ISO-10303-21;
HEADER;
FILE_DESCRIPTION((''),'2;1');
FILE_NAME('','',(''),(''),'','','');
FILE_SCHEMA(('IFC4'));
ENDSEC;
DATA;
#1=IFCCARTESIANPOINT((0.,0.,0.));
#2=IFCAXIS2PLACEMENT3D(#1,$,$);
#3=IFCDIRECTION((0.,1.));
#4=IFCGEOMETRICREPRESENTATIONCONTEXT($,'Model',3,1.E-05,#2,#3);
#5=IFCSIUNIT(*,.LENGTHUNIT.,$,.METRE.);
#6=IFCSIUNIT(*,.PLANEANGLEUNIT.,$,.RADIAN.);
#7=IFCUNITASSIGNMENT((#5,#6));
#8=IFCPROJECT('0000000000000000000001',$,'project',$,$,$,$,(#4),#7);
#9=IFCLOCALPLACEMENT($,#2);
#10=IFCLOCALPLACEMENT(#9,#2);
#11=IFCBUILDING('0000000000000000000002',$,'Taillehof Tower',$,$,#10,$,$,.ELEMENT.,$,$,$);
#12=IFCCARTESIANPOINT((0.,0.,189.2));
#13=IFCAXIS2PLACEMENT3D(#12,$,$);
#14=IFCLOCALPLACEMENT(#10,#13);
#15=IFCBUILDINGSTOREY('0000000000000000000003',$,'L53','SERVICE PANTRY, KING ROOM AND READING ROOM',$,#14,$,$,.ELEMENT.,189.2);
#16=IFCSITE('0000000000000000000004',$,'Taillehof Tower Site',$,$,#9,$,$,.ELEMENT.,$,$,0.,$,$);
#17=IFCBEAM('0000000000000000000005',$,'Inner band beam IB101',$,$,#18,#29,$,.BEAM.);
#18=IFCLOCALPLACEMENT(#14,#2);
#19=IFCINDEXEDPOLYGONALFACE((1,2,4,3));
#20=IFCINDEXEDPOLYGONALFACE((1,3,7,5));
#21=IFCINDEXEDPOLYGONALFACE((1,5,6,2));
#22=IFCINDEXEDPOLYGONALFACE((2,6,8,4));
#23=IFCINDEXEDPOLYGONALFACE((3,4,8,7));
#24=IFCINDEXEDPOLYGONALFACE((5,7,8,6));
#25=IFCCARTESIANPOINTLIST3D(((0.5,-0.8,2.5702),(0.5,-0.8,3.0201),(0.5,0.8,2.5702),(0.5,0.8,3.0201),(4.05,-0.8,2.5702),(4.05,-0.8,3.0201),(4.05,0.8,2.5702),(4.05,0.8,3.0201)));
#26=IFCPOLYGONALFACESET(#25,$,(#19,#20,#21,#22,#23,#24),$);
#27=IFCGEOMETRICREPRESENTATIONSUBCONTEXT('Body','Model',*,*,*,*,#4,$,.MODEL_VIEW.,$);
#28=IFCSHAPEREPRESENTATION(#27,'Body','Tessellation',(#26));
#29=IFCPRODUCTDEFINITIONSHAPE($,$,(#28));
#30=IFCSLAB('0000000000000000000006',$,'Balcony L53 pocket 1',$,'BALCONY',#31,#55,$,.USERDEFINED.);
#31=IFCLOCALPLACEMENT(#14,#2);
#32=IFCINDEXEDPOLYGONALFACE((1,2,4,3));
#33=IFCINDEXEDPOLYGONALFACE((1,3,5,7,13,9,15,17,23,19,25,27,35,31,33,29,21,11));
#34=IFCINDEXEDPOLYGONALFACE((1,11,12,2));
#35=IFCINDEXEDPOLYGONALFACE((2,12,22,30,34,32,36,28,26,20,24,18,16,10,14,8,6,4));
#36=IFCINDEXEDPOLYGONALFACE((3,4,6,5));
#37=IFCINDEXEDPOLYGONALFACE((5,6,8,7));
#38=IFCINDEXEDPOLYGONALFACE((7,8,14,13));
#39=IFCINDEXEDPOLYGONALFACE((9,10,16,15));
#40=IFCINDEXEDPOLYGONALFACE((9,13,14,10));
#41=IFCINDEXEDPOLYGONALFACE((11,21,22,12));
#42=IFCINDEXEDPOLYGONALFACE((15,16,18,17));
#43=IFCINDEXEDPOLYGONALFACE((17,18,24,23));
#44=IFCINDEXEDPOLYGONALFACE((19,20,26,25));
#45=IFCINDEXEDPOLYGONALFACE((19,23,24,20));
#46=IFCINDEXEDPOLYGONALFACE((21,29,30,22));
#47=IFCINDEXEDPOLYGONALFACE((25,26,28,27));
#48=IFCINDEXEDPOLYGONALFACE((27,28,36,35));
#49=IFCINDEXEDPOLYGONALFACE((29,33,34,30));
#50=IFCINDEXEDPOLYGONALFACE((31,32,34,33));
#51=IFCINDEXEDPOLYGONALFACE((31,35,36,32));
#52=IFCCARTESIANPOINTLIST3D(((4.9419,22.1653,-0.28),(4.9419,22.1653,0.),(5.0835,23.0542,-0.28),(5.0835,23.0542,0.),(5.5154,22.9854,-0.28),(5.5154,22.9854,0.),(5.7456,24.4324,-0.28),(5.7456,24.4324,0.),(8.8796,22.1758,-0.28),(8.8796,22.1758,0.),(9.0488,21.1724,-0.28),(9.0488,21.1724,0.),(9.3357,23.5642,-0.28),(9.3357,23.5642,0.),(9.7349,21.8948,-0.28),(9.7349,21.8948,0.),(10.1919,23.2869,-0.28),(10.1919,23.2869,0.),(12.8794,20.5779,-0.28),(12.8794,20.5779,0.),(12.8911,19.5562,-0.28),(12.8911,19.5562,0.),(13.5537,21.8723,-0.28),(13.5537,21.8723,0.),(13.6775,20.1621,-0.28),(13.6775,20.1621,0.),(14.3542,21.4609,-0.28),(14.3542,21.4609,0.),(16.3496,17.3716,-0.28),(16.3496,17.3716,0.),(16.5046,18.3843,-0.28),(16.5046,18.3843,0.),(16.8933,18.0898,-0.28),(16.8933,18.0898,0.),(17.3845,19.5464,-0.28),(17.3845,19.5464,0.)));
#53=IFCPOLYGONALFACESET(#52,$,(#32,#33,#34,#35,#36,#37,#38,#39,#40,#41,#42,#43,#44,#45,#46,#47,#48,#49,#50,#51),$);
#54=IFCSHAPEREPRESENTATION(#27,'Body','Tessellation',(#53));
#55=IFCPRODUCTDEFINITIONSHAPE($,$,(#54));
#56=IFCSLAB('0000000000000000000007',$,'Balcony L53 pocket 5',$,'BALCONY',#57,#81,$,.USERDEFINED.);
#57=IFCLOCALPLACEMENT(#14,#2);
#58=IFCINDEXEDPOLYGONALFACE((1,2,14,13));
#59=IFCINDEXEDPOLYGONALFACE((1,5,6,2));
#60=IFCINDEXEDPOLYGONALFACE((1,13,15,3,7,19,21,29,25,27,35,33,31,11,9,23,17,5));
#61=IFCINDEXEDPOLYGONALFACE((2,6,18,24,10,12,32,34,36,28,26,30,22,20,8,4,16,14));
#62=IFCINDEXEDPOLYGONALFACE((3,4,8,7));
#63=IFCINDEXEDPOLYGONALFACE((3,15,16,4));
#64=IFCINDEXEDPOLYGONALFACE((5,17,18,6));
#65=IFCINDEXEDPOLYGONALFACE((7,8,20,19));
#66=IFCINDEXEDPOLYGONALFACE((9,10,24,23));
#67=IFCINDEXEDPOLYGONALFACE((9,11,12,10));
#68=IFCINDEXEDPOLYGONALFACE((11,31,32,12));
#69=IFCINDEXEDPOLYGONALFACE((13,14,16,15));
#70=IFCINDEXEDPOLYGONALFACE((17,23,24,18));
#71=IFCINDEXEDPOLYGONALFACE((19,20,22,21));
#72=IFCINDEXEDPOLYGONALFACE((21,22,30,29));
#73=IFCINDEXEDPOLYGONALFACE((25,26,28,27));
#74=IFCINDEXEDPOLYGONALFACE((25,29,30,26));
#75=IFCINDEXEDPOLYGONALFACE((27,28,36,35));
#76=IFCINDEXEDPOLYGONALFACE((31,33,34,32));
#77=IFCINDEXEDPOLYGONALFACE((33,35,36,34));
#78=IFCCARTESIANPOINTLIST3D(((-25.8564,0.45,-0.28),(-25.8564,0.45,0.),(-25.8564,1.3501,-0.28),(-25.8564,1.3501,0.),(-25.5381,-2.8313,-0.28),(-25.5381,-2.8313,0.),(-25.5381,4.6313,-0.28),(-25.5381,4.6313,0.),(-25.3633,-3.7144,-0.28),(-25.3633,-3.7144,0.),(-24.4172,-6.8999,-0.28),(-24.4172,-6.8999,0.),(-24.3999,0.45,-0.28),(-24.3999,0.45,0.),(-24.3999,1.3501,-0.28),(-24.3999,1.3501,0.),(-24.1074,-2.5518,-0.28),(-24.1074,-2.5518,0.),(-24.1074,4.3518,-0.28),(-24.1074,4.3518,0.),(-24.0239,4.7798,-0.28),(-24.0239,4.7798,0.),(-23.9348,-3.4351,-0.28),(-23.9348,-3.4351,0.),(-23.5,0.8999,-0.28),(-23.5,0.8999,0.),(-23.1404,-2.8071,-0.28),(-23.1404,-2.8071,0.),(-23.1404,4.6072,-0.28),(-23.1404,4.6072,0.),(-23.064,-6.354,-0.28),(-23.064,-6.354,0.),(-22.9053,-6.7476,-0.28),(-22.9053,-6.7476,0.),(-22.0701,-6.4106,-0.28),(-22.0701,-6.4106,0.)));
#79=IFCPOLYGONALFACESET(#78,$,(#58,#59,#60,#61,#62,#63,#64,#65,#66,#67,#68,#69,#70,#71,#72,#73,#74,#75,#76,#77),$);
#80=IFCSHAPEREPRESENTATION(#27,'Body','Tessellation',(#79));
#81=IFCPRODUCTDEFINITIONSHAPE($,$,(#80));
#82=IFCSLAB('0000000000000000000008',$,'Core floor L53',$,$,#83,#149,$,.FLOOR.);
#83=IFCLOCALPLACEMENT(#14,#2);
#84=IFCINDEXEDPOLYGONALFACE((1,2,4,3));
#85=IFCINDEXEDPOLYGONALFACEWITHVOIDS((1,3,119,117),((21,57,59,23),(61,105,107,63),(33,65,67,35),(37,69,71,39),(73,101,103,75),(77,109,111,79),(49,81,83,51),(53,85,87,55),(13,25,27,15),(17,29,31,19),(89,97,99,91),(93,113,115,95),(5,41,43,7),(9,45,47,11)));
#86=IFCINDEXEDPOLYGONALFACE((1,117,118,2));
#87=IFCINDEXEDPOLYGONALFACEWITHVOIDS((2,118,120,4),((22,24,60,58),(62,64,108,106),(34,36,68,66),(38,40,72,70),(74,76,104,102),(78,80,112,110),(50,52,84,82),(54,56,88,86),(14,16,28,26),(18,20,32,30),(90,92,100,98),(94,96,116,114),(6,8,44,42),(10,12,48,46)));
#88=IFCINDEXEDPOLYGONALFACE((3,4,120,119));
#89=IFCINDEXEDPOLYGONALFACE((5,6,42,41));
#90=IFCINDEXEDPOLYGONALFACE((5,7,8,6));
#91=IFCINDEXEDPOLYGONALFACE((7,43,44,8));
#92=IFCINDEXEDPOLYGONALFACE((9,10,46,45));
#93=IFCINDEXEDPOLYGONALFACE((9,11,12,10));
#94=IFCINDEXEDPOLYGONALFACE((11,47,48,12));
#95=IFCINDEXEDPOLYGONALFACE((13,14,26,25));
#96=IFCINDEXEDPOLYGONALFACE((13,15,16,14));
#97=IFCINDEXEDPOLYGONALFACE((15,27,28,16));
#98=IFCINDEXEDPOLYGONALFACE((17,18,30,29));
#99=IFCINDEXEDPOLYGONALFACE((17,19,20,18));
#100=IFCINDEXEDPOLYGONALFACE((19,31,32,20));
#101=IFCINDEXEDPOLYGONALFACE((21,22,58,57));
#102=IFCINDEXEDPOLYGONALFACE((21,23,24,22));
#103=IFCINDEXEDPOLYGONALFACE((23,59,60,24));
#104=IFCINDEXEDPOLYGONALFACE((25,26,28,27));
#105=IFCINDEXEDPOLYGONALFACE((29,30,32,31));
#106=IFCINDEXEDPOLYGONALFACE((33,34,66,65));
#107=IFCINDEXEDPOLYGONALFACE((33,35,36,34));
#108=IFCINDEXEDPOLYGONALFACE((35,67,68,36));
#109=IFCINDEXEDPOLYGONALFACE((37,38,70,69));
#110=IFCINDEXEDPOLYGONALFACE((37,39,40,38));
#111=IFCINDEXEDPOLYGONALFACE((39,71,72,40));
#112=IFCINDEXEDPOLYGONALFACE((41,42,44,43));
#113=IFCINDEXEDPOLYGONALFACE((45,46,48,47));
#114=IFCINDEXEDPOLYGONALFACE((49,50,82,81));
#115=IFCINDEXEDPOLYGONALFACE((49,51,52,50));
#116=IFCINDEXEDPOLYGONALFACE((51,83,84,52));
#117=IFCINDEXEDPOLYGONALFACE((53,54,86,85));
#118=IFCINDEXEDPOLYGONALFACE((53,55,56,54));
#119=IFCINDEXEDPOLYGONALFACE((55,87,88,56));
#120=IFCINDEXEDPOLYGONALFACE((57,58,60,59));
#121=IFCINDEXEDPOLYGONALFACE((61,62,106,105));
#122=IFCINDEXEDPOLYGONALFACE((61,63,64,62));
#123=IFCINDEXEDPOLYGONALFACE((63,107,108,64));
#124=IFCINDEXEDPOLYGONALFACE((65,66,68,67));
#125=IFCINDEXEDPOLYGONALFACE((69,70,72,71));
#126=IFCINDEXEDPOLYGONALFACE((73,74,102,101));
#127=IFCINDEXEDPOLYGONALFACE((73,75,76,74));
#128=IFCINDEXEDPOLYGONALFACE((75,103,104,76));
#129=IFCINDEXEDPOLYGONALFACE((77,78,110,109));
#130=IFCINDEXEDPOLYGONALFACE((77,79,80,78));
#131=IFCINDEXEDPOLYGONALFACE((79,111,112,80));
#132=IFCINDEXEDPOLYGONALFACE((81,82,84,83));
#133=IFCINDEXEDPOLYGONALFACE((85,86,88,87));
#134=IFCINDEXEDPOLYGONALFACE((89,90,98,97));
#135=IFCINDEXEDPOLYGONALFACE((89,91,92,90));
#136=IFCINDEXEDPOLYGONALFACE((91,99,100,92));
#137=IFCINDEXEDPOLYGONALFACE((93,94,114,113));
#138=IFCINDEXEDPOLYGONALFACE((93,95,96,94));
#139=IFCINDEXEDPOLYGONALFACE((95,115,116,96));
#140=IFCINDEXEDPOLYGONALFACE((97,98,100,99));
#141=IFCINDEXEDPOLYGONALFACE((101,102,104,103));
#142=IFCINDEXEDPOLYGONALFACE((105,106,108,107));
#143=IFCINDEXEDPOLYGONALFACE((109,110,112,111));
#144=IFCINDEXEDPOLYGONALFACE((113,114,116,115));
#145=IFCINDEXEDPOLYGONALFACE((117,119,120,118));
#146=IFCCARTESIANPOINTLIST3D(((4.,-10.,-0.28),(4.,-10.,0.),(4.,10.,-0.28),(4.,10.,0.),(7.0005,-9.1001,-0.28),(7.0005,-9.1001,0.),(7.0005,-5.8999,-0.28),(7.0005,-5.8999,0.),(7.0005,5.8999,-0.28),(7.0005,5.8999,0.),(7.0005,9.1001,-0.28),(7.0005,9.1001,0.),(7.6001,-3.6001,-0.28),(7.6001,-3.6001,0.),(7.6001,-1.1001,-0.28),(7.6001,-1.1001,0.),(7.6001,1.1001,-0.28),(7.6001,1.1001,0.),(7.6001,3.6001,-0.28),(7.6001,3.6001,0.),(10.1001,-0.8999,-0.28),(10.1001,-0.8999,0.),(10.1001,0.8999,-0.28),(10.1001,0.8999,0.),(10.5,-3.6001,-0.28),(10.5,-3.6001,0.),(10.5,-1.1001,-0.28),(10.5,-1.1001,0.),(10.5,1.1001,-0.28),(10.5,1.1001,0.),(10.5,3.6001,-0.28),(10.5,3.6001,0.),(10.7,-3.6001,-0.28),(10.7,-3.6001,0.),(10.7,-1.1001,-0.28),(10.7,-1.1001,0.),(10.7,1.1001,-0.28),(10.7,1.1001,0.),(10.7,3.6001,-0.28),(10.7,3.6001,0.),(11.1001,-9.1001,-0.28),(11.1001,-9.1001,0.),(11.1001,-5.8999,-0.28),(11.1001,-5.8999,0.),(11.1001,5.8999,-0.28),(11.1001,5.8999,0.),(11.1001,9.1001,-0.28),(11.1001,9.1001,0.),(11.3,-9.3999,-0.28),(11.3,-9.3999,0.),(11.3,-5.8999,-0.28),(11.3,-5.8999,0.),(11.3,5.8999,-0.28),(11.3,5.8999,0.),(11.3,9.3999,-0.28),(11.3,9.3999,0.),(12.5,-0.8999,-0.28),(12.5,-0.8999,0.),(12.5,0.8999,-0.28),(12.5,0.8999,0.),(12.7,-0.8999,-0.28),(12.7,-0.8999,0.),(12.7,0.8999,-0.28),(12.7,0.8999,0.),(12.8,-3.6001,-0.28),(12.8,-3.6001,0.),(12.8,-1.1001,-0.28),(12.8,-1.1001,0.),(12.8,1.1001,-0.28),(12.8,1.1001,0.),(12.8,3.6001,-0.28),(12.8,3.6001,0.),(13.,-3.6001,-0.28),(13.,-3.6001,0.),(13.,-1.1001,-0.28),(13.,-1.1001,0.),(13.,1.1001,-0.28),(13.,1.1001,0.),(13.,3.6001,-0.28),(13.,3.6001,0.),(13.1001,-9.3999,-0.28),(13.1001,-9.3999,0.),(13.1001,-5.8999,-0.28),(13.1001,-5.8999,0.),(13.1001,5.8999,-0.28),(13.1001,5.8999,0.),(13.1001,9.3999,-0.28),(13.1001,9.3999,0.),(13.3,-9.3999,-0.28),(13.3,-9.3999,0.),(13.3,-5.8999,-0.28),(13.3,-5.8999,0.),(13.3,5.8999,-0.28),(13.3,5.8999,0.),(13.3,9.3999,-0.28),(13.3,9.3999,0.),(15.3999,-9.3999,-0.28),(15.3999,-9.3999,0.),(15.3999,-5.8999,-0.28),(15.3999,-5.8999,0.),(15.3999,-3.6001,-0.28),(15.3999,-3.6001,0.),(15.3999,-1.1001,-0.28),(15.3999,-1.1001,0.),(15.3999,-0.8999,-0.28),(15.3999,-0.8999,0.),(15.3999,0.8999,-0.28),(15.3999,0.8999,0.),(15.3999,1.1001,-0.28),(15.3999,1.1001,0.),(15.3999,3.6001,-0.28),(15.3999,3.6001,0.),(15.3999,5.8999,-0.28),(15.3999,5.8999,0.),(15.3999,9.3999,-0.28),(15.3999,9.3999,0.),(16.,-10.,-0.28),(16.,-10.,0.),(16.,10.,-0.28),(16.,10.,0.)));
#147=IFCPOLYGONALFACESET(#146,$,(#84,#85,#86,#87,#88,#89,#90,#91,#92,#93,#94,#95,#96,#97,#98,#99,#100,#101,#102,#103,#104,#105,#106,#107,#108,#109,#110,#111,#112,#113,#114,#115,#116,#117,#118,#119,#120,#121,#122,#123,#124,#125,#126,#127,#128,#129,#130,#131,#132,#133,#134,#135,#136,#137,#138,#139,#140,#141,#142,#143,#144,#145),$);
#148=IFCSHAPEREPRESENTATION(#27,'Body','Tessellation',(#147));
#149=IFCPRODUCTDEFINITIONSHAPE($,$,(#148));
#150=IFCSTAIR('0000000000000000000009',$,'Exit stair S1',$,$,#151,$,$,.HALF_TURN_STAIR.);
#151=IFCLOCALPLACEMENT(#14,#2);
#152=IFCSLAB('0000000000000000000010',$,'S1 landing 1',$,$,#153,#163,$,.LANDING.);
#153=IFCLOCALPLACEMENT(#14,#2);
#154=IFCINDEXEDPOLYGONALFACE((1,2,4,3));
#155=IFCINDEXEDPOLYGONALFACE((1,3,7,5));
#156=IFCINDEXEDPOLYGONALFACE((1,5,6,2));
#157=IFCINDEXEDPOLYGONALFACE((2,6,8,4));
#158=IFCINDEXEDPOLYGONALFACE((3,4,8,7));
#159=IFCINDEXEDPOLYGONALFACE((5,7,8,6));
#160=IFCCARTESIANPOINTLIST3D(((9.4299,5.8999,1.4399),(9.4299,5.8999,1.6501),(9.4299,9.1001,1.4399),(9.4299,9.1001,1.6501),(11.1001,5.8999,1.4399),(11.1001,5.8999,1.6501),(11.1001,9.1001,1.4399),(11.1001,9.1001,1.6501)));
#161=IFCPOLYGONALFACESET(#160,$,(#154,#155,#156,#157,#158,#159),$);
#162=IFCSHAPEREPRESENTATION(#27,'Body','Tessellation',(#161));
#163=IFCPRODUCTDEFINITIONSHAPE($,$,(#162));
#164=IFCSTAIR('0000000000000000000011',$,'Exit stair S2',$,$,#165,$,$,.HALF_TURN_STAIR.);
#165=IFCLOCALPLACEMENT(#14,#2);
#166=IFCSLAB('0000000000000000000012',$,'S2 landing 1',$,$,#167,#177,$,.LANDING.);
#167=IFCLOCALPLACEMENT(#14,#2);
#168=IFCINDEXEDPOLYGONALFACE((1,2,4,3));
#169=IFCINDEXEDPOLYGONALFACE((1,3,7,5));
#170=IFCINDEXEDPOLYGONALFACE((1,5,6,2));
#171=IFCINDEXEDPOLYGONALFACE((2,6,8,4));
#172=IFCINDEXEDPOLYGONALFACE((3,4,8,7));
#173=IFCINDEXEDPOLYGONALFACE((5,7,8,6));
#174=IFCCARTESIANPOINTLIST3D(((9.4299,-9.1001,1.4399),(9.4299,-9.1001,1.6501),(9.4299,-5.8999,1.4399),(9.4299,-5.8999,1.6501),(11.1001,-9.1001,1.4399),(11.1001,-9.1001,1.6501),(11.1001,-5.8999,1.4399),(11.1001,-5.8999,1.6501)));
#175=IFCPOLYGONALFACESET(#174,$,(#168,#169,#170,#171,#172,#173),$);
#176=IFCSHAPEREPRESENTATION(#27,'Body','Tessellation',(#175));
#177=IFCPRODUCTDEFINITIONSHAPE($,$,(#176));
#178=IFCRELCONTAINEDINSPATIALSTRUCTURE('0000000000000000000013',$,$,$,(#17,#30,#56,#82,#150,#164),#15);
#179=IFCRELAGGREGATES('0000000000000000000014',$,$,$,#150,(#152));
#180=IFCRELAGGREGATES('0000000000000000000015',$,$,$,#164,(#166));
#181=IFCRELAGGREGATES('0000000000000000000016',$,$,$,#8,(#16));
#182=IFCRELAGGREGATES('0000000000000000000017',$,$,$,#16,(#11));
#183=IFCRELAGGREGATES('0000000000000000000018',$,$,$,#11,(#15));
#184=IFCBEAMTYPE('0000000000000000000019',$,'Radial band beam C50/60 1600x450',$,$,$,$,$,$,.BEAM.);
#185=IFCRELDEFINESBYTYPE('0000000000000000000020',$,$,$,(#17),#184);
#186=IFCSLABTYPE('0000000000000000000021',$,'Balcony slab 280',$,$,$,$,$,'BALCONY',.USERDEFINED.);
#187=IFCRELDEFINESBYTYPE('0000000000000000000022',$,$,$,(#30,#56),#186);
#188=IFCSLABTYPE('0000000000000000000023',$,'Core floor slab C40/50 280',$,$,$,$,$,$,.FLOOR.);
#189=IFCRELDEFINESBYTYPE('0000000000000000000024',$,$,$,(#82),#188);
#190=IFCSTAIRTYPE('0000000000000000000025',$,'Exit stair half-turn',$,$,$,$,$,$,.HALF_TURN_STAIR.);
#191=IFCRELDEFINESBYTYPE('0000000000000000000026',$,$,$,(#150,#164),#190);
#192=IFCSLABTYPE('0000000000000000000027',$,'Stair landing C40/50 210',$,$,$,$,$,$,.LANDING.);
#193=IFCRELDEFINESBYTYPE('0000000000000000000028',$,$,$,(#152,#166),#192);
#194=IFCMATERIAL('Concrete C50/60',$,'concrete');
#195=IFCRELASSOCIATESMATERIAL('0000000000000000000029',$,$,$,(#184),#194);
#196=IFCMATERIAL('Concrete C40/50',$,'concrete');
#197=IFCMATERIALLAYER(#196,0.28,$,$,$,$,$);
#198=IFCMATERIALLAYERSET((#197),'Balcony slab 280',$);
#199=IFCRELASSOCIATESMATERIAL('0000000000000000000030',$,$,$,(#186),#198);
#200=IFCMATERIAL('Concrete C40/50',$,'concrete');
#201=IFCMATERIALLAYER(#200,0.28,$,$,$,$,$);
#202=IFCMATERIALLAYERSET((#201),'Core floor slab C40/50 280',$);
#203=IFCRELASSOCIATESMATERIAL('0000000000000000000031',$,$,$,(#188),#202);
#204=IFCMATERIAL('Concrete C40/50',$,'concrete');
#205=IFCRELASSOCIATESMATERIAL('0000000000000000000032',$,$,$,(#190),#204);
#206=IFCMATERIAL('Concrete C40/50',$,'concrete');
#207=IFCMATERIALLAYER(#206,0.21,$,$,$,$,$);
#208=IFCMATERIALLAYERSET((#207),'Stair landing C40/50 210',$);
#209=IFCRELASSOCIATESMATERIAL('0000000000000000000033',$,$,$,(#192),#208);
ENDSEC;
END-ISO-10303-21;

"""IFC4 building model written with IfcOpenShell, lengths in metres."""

from ifc_helpers import new_model, si_unit, direction, frame, origin, origin_2d, place, context, subcontext, project, spatial, polyline, rectangle, outline, extrude, material, layer, layer_set, material_profile, profile_set, type_object, element, aggregate, save


model = new_model("IFC4")

# Units and contexts
model_context = context("Model", 3, precision=1e-05, world=origin(), true_north=direction((0.0, 1.0)))
body_context = subcontext(model_context, "Body", "Model", "MODEL_VIEW")
ifc_project = project(units=[si_unit("LENGTHUNIT", "METRE"), si_unit("PLANEANGLEUNIT", "RADIAN")], contexts=[model_context])

# Site, building, storey
site_placement = place(None, origin())
site = spatial("IfcSite", under=ifc_project, at=site_placement, Name="Taillehof Tower Site", CompositionType="ELEMENT", RefElevation=0.0)
building_placement = place(site_placement, origin())
building = spatial("IfcBuilding", under=site, at=building_placement, Name="Taillehof Tower", CompositionType="ELEMENT")
storey_placement = place(building_placement, frame((0.0, 0.0, 189.2)))
storey = spatial("IfcBuildingStorey", under=building, at=storey_placement, Name="L53", Description="SERVICE PANTRY, KING ROOM AND READING ROOM", CompositionType="ELEMENT", Elevation=189.2)

# Beam
ifc_material_1 = material(Name="Concrete C50/60", Category="concrete")
ifc_material_profile = material_profile(ifc_material_1, rectangle(XDim=1.6001, YDim=0.45, at=origin_2d()), Name="RC 1600x450")
ifc_profile_set = profile_set([ifc_material_profile], Name="Concrete C50/60")
beam_type = type_object("IfcBeamType", Name="Radial band beam C50/60 1600x450", PredefinedType="BEAM", material=ifc_profile_set)
beam_placement = place(storey_placement, frame((0.5, 0.0, 2.7952), z_axis=(1.0, 0.0, 0.0), x_axis=(0.0, 1.0, 0.0)))
element("IfcBeam", 1, at=beam_placement, inside=storey, type_object=beam_type, Name="Inner band beam IB101", PredefinedType="BEAM", context=body_context, shape_type="SweptSolid", body=[
    extrude(rectangle(XDim=1.6001, YDim=0.45, at=origin_2d()), origin(), (0.0, 0.0, 1.0), 3.55),
])

# Slabs
ifc_material_2 = material(Name="Concrete C40/50", Category="concrete")
ifc_layer_1 = layer(ifc_material_2, 0.28)
ifc_layer_set_1 = layer_set([ifc_layer_1], Name="Balcony slab 280")
slab_type_1 = type_object("IfcSlabType", Name="Balcony slab 280", ElementType="BALCONY", PredefinedType="USERDEFINED", material=ifc_layer_set_1)
slab_1_placement = place(storey_placement, frame((0.0, 0.0, -0.28)))
element("IfcSlab", 2, at=slab_1_placement, inside=storey, type_object=slab_type_1, Name="Balcony L53 pocket 1", ObjectType="BALCONY", PredefinedType="USERDEFINED", context=body_context, shape_type="SweptSolid", body=[
    extrude(outline(polyline([(4.9419, 22.1653), (5.0835, 23.0542), (5.5154, 22.9854), (5.7456, 24.4324), (9.3357, 23.5642), (8.8796, 22.1758), (9.7349, 21.8948), (10.1919, 23.2869), (13.5537, 21.8723), (12.8794, 20.5779), (13.6775, 20.1621), (14.3542, 21.4609), (17.3845, 19.5464), (16.5046, 18.3843), (16.8933, 18.0898), (16.3496, 17.3716), (12.8911, 19.5562), (9.0488, 21.1724), (4.9419, 22.1653)])), origin(), (0.0, 0.0, 1.0), 0.28),
])
slab_2_placement = place(storey_placement, frame((0.0, 0.0, -0.28)))
element("IfcSlab", 3, at=slab_2_placement, inside=storey, type_object=slab_type_1, Name="Balcony L53 pocket 5", ObjectType="BALCONY", PredefinedType="USERDEFINED", context=body_context, shape_type="SweptSolid", body=[
    extrude(outline(polyline([(-22.0701, -6.4106), (-22.9053, -6.7476), (-23.064, -6.354), (-24.4172, -6.8999), (-25.3633, -3.7144), (-23.9348, -3.4351), (-24.1074, -2.5518), (-25.5381, -2.8313), (-25.8564, 0.45), (-24.3999, 0.45), (-24.3999, 1.3501), (-25.8564, 1.3501), (-25.5381, 4.6313), (-24.1074, 4.3518), (-24.0239, 4.7798), (-23.1404, 4.6072), (-23.5, 0.8999), (-23.1404, -2.8071), (-22.0701, -6.4106)])), origin(), (0.0, 0.0, 1.0), 0.28),
])
ifc_material_3 = material(Name="Concrete C40/50", Category="concrete")
ifc_layer_2 = layer(ifc_material_3, 0.28)
ifc_layer_set_2 = layer_set([ifc_layer_2], Name="Core floor slab C40/50 280")
slab_type_2 = type_object("IfcSlabType", Name="Core floor slab C40/50 280", PredefinedType="FLOOR", material=ifc_layer_set_2)
slab_3_placement = place(storey_placement, frame((0.0, 0.0, -0.28)))
element("IfcSlab", 4, at=slab_3_placement, inside=storey, type_object=slab_type_2, Name="Core floor L53", PredefinedType="FLOOR", context=body_context, shape_type="SweptSolid", body=[
    extrude(outline(polyline([(4.0, -10.0), (4.0, 10.0), (16.0, 10.0), (16.0, -10.0), (4.0, -10.0)]), holes=[polyline([(11.1001, -9.1001), (11.1001, -5.8999), (7.0005, -5.8999), (7.0005, -9.1001), (11.1001, -9.1001)]), polyline([(10.5, -3.6001), (10.5, -1.1001), (7.6001, -1.1001), (7.6001, -3.6001), (10.5, -3.6001)]), polyline([(12.8, -3.6001), (12.8, -1.1001), (10.7, -1.1001), (10.7, -3.6001), (12.8, -3.6001)]), polyline([(12.5, -0.8999), (12.5, 0.8999), (10.1001, 0.8999), (10.1001, -0.8999), (12.5, -0.8999)]), polyline([(10.5, 1.1001), (10.5, 3.6001), (7.6001, 3.6001), (7.6001, 1.1001), (10.5, 1.1001)]), polyline([(12.8, 1.1001), (12.8, 3.6001), (10.7, 3.6001), (10.7, 1.1001), (12.8, 1.1001)]), polyline([(11.1001, 5.8999), (11.1001, 9.1001), (7.0005, 9.1001), (7.0005, 5.8999), (11.1001, 5.8999)]), polyline([(13.1001, -5.8999), (11.3, -5.8999), (11.3, -9.3999), (13.1001, -9.3999), (13.1001, -5.8999)]), polyline([(15.3999, -9.3999), (15.3999, -5.8999), (13.3, -5.8999), (13.3, -9.3999), (15.3999, -9.3999)]), polyline([(15.3999, -3.6001), (15.3999, -1.1001), (13.0, -1.1001), (13.0, -3.6001), (15.3999, -3.6001)]), polyline([(15.3999, -0.8999), (15.3999, 0.8999), (12.7, 0.8999), (12.7, -0.8999), (15.3999, -0.8999)]), polyline([(15.3999, 1.1001), (15.3999, 3.6001), (13.0, 3.6001), (13.0, 1.1001), (15.3999, 1.1001)]), polyline([(13.1001, 5.8999), (13.1001, 9.3999), (11.3, 9.3999), (11.3, 5.8999), (13.1001, 5.8999)]), polyline([(15.3999, 5.8999), (15.3999, 9.3999), (13.3, 9.3999), (13.3, 5.8999), (15.3999, 5.8999)])]), origin(), (0.0, 0.0, 1.0), 0.28),
])

# Stairs, slabs
ifc_material_4 = material(Name="Concrete C40/50", Category="concrete")
stair_type = type_object("IfcStairType", Name="Exit stair half-turn", PredefinedType="HALF_TURN_STAIR", material=ifc_material_4)
stair_1_placement = place(storey_placement, origin())
stair_1 = element("IfcStair", 5, at=stair_1_placement, inside=storey, type_object=stair_type, Name="Exit stair S1", PredefinedType="HALF_TURN_STAIR")
ifc_material_5 = material(Name="Concrete C40/50", Category="concrete")
ifc_layer_3 = layer(ifc_material_5, 0.21)
ifc_layer_set_3 = layer_set([ifc_layer_3], Name="Stair landing C40/50 210")
slab_type_3 = type_object("IfcSlabType", Name="Stair landing C40/50 210", PredefinedType="LANDING", material=ifc_layer_set_3)
slab_4_placement = place(storey_placement, frame((0.0, 0.0, 1.4399)))
slab_4 = element("IfcSlab", 6, at=slab_4_placement, type_object=slab_type_3, Name="S1 landing 1", PredefinedType="LANDING", context=body_context, shape_type="SweptSolid", body=[
    extrude(outline(polyline([(9.4299, 5.8999), (11.1001, 5.8999), (11.1001, 9.1001), (9.4299, 9.1001), (9.4299, 5.8999)])), origin(), (0.0, 0.0, 1.0), 0.2102),
])
aggregate(stair_1, [slab_4])
stair_2_placement = place(storey_placement, origin())
stair_2 = element("IfcStair", 7, at=stair_2_placement, inside=storey, type_object=stair_type, Name="Exit stair S2", PredefinedType="HALF_TURN_STAIR")
slab_5_placement = place(storey_placement, frame((0.0, 0.0, 1.4399)))
slab_5 = element("IfcSlab", 8, at=slab_5_placement, type_object=slab_type_3, Name="S2 landing 1", PredefinedType="LANDING", context=body_context, shape_type="SweptSolid", body=[
    extrude(outline(polyline([(9.4299, -5.8999), (11.1001, -5.8999), (11.1001, -9.1001), (9.4299, -9.1001), (9.4299, -5.8999)])), origin(), (0.0, 0.0, 1.0), 0.2102),
])

aggregate(stair_2, [slab_5])

save(model, "model.ifc")
